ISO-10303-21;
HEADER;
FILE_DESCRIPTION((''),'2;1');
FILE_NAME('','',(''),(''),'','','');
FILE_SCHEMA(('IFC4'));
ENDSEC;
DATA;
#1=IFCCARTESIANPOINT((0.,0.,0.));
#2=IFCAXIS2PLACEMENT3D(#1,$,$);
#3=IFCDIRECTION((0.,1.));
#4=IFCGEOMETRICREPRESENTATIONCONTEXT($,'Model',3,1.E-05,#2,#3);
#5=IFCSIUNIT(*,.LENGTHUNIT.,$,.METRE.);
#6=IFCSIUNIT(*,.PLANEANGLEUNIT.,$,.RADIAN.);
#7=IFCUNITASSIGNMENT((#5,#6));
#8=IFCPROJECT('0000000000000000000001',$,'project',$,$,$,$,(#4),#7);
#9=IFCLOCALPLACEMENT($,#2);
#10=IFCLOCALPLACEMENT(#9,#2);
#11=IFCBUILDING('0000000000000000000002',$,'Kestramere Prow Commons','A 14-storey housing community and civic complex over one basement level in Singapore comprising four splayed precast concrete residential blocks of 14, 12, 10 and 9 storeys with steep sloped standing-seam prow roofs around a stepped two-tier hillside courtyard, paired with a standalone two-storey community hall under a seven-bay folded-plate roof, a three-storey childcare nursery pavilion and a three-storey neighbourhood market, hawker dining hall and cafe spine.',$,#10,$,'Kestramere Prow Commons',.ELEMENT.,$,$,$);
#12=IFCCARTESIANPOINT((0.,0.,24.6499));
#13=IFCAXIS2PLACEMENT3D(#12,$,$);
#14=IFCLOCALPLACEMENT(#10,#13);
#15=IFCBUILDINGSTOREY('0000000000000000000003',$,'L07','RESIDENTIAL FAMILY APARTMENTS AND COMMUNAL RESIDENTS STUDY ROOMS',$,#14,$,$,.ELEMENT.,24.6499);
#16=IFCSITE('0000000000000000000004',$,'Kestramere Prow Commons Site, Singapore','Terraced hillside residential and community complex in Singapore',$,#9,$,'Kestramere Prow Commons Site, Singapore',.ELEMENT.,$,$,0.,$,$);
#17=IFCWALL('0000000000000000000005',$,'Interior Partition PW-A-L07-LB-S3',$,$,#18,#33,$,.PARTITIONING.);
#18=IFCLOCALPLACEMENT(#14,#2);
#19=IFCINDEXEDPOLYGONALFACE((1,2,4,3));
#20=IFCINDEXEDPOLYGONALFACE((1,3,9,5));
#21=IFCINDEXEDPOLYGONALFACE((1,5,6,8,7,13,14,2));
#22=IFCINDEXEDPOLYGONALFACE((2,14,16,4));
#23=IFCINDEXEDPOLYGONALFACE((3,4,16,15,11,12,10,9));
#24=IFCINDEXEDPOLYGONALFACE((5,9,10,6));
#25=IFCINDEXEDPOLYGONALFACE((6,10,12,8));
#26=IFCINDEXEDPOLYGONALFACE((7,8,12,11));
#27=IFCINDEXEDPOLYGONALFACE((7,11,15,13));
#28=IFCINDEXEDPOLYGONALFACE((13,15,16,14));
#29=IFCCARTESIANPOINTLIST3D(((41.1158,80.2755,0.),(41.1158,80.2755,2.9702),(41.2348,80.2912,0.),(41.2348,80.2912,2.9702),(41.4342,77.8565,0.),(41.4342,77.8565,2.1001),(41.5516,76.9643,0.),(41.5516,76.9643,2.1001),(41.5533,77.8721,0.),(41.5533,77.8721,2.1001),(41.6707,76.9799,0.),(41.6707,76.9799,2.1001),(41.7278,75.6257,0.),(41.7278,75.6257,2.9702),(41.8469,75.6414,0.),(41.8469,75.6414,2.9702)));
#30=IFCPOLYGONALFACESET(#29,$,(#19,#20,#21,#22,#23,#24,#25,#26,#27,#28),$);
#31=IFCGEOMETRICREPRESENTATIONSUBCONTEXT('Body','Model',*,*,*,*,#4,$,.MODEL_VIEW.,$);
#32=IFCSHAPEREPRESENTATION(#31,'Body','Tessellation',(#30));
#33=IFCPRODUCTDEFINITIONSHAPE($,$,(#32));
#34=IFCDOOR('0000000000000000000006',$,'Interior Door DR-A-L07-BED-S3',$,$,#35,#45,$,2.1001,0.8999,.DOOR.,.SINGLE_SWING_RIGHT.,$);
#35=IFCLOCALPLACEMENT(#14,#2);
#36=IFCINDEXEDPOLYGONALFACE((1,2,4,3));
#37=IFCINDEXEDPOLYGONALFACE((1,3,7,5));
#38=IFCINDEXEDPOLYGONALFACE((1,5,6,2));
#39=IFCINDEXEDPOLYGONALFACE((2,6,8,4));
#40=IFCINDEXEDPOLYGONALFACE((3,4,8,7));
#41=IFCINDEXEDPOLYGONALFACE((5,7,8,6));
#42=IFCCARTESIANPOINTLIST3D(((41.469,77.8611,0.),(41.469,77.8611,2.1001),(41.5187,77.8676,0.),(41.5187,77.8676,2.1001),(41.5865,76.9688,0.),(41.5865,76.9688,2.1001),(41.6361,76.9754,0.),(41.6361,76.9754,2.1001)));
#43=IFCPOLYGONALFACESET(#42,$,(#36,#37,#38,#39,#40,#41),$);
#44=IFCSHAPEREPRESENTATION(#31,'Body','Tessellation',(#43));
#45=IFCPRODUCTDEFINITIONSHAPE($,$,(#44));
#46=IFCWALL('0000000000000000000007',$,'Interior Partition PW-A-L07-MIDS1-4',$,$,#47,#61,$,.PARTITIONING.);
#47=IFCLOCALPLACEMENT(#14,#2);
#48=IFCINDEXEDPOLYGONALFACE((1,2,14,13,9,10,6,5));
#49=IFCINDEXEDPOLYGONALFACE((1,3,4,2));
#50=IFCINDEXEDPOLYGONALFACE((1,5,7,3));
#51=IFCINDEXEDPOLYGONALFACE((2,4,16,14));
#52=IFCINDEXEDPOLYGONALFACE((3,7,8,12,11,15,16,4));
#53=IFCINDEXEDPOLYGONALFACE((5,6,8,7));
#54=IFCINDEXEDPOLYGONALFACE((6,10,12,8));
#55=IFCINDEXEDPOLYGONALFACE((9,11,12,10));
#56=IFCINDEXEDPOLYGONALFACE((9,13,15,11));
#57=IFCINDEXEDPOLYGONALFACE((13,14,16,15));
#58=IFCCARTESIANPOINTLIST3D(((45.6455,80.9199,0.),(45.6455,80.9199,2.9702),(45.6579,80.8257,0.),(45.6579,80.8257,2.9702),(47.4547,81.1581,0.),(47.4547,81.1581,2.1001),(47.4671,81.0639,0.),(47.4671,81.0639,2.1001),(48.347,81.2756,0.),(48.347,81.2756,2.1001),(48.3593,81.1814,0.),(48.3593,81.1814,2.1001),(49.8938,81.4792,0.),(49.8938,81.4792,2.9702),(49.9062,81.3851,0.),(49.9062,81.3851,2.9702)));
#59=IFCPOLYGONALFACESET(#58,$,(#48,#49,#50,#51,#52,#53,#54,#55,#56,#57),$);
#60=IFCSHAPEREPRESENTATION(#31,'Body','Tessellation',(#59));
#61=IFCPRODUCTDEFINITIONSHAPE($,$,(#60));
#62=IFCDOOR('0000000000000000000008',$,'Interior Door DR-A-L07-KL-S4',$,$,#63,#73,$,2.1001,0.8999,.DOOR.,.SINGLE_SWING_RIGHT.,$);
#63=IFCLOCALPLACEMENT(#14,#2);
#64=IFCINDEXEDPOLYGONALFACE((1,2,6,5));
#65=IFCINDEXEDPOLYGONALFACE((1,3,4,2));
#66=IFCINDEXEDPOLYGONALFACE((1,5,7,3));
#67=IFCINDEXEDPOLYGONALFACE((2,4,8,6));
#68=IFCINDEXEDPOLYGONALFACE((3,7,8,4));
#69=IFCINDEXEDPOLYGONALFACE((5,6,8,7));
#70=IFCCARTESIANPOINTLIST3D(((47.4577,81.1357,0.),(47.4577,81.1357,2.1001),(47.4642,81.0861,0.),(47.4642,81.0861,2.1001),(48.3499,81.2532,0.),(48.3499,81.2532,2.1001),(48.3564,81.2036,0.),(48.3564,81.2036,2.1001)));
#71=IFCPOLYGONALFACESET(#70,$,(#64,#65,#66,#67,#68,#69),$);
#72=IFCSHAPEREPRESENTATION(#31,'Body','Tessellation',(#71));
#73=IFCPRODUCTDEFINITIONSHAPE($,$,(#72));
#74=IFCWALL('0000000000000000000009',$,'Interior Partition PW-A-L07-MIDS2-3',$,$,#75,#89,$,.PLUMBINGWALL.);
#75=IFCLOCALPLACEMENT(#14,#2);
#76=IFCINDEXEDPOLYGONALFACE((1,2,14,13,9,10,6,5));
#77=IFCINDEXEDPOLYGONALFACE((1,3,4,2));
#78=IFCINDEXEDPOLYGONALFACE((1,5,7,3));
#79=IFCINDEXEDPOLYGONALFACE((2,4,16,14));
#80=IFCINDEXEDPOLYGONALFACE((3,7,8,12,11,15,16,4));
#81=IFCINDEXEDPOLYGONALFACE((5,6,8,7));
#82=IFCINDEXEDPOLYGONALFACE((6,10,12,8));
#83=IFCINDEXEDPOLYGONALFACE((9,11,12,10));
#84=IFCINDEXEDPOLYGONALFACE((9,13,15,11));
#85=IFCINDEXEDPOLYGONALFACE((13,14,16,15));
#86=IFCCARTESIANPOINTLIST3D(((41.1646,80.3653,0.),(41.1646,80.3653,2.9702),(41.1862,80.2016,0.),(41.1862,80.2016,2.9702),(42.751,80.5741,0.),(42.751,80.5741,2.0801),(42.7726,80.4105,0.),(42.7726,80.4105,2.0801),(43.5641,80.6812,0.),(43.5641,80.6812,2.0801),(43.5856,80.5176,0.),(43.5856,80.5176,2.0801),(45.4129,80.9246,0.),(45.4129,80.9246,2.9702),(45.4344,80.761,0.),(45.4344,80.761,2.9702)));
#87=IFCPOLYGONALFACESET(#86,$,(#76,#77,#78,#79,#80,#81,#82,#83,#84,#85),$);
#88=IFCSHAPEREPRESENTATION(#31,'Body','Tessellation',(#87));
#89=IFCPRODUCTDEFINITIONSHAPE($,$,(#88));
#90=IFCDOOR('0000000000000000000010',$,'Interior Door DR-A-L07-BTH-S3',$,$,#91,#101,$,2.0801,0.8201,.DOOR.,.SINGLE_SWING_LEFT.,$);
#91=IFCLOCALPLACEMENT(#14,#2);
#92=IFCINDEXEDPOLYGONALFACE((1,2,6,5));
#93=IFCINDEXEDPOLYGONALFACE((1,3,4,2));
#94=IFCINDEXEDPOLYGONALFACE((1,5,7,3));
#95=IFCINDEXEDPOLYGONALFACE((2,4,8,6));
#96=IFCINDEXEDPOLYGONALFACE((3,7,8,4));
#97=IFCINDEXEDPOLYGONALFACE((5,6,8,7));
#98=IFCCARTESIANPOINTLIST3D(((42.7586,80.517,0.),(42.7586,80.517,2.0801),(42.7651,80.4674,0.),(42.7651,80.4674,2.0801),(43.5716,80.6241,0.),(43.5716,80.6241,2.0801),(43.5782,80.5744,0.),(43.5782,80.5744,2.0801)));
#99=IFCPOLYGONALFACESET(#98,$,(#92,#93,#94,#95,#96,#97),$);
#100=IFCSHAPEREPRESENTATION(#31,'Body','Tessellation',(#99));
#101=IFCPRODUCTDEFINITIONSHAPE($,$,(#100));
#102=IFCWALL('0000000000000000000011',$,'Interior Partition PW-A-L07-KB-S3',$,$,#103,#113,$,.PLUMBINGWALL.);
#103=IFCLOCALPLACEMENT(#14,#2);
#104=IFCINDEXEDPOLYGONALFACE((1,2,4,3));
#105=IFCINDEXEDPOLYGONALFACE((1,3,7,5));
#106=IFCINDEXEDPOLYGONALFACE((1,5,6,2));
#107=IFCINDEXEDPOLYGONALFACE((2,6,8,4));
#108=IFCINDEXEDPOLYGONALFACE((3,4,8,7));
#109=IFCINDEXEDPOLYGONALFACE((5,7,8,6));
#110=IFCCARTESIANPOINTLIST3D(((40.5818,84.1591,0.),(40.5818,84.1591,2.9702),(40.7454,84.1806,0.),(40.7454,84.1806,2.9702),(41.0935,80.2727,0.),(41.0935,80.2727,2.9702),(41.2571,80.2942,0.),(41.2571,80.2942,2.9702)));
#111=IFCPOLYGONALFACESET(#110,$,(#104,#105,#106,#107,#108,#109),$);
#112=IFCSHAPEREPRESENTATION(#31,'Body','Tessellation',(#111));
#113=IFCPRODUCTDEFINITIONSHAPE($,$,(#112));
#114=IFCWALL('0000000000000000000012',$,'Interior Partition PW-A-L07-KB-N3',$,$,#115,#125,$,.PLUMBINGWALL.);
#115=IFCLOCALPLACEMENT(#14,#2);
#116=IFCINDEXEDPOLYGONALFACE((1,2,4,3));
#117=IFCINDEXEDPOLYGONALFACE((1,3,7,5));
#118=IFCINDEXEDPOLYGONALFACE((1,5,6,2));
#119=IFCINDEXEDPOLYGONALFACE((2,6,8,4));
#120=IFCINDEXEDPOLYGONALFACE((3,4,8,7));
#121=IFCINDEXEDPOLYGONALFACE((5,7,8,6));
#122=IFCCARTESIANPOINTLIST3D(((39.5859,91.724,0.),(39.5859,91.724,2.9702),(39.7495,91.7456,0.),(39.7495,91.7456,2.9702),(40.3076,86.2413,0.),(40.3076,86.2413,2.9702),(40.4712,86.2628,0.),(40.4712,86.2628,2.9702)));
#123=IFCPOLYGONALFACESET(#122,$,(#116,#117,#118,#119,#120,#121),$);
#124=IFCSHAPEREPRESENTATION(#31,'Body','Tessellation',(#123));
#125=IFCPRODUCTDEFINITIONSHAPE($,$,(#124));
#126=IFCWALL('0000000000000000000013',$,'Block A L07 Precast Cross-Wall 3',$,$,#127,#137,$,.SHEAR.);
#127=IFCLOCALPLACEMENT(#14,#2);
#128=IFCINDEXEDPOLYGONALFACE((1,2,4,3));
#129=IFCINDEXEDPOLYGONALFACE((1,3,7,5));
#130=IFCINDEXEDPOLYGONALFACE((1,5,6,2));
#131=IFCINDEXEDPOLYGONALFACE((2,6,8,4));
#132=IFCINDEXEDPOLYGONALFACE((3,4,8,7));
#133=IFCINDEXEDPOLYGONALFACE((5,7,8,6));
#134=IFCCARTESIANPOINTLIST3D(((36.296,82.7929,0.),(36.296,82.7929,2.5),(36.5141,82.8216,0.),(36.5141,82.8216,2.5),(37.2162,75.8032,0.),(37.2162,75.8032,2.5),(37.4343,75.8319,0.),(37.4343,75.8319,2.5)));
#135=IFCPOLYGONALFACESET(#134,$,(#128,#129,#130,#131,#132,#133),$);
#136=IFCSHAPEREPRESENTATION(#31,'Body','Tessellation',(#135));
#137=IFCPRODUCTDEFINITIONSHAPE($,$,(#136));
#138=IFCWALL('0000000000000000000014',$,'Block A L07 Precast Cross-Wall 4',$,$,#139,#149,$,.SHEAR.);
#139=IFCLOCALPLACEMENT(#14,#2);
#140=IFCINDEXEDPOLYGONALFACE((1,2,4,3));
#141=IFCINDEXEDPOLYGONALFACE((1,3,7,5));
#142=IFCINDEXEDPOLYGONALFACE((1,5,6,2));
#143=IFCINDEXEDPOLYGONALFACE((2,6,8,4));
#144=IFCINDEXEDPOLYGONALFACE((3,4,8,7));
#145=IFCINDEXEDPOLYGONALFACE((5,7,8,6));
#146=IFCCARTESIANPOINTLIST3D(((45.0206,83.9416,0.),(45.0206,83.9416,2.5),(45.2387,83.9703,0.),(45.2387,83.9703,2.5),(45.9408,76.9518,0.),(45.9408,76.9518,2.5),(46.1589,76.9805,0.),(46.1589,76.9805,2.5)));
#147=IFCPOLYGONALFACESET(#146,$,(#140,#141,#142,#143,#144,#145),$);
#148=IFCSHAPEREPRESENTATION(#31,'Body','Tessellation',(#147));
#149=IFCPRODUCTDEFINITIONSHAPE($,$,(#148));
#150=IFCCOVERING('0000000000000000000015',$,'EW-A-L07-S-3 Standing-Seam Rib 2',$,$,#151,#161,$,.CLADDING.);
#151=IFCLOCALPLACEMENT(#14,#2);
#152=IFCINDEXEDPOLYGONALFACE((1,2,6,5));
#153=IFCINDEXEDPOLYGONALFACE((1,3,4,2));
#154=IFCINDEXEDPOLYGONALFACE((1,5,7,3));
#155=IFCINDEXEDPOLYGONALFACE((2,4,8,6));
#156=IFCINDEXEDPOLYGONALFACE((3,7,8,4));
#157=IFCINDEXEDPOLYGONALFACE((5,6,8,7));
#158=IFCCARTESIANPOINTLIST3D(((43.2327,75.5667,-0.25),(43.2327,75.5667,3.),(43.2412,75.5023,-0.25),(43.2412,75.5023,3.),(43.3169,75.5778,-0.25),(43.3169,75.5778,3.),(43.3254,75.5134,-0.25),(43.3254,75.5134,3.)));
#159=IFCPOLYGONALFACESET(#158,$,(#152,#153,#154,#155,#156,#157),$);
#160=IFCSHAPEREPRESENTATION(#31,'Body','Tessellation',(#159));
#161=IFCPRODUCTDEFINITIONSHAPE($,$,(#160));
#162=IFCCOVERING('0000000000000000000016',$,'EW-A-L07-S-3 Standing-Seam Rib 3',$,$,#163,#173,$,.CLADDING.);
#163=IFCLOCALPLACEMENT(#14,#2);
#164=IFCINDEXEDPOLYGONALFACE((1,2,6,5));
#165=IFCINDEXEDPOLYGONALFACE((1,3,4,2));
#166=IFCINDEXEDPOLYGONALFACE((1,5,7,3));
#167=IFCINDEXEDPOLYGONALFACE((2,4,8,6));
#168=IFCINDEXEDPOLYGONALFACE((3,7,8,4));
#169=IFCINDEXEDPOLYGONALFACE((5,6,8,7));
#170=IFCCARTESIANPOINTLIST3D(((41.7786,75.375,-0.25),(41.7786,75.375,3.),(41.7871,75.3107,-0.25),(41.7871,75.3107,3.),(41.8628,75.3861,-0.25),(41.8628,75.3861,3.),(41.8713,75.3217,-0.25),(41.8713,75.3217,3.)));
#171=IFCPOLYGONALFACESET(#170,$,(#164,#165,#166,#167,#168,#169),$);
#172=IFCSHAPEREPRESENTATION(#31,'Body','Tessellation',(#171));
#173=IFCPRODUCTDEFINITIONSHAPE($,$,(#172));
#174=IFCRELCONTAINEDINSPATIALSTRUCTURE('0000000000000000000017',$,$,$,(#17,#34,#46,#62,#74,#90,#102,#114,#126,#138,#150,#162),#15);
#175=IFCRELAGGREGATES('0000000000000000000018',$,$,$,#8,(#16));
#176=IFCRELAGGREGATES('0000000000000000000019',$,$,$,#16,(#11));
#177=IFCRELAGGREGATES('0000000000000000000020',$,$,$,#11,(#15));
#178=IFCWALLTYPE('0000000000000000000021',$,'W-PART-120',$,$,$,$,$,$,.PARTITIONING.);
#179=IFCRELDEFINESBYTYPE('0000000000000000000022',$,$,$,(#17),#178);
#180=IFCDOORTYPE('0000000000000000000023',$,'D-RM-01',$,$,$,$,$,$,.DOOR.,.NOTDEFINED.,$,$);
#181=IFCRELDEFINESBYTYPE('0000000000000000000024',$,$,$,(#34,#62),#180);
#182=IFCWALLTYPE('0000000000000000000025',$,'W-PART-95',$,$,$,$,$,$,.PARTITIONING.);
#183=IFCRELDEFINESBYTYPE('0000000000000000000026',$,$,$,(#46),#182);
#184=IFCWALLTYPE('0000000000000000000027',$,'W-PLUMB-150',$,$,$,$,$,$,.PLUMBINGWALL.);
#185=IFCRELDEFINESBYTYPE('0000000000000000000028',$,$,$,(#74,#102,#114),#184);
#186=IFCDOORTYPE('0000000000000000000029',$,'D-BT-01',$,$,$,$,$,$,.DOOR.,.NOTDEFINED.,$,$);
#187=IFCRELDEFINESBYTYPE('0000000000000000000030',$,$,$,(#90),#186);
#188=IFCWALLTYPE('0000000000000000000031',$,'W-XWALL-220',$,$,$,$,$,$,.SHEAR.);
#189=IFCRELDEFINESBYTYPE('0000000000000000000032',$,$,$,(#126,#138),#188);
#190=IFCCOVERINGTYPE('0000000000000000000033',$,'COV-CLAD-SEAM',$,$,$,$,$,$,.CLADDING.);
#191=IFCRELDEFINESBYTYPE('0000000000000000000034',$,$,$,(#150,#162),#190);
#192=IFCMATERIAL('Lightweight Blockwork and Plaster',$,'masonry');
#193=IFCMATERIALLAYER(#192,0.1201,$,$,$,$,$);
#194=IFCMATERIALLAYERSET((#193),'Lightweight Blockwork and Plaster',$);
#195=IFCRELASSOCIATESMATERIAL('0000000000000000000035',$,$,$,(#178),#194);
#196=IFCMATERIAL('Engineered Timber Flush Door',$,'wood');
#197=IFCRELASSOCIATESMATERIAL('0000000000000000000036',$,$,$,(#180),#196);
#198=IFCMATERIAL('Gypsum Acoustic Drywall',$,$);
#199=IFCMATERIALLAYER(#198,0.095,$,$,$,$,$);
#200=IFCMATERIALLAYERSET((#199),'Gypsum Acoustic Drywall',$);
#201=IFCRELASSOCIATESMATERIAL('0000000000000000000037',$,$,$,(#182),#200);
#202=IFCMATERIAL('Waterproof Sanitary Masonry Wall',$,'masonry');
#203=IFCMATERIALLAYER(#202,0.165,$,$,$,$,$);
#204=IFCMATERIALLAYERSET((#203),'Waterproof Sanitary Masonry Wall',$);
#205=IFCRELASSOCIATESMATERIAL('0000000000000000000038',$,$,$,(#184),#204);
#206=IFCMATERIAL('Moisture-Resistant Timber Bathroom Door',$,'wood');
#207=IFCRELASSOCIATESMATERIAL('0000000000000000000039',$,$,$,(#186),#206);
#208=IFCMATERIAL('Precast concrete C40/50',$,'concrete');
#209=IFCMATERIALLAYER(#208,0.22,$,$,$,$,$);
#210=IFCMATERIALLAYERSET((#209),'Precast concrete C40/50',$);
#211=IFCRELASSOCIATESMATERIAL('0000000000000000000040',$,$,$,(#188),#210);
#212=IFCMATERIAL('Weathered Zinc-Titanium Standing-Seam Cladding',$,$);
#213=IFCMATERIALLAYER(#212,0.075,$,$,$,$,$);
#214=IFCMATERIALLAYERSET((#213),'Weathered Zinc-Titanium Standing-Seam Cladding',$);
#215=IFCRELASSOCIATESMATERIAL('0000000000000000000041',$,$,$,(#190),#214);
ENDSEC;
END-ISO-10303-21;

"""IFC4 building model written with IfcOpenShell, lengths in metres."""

from ifc_helpers import new_model, si_unit, direction, frame, frame_2d, origin, origin_2d, place, context, subcontext, project, spatial, rectangle, extrude, material, layer, layer_set, type_object, element, fill, save


model = new_model("IFC4")

# Units and contexts
model_context = context("Model", 3, precision=1e-05, world=origin(), true_north=direction((0.0, 1.0)))
body_context = subcontext(model_context, "Body", "Model", "MODEL_VIEW")
ifc_project = project(units=[si_unit("LENGTHUNIT", "METRE"), si_unit("PLANEANGLEUNIT", "RADIAN")], contexts=[model_context])

# Site, building, storey
site_placement = place(None, origin())
site = spatial("IfcSite", under=ifc_project, at=site_placement, Name="Kestramere Prow Commons Site, Singapore", Description="Terraced hillside residential and community complex in Singapore", LongName="Kestramere Prow Commons Site, Singapore", CompositionType="ELEMENT", RefElevation=0.0)
building_placement = place(site_placement, origin())
building = spatial("IfcBuilding", under=site, at=building_placement, Name="Kestramere Prow Commons", Description="A 14-storey housing community and civic complex over one basement level in Singapore comprising four splayed precast concrete residential blocks of 14, 12, 10 and 9 storeys with steep sloped standing-seam prow roofs around a stepped two-tier hillside courtyard, paired with a standalone two-storey community hall under a seven-bay folded-plate roof, a three-storey childcare nursery pavilion and a three-storey neighbourhood market, hawker dining hall and cafe spine.", LongName="Kestramere Prow Commons", CompositionType="ELEMENT")
storey_placement = place(building_placement, frame((0.0, 0.0, 24.6499)))
storey = spatial("IfcBuildingStorey", under=building, at=storey_placement, Name="L07", Description="RESIDENTIAL FAMILY APARTMENTS AND COMMUNAL RESIDENTS STUDY ROOMS", CompositionType="ELEMENT", Elevation=24.6499)

# Shared definitions
ifc_material_1 = material(Name="Precast concrete C40/50", Category="concrete")

# Walls, openings, doors
ifc_material_2 = material(Name="Lightweight Blockwork and Plaster", Category="masonry")
ifc_layer_1 = layer(ifc_material_2, 0.1201)
ifc_layer_set_1 = layer_set([ifc_layer_1], Name="Lightweight Blockwork and Plaster")
wall_type_1 = type_object("IfcWallType", Name="W-PART-120", PredefinedType="PARTITIONING", material=ifc_layer_set_1)
wall_1_placement = place(storey_placement, frame((41.7874, 75.6335, 0.0), z_axis=(0.0, 0.0, 1.0), x_axis=(-0.130503, 0.991448, 0.0)))
wall_1 = element("IfcWall", 1, at=wall_1_placement, inside=storey, type_object=wall_type_1, Name="Interior Partition PW-A-L07-LB-S3", PredefinedType="PARTITIONING", context=body_context, shape_type="SweptSolid", body=[
    extrude(rectangle(XDim=4.6899, YDim=0.1201, at=frame_2d((2.345, 0.0))), origin(), (0.0, 0.0, 1.0), 2.9702),
])
opening_1_placement = place(wall_1_placement, frame((1.3501, 0.0, 0.0)))
opening_1 = element("IfcOpeningElement", 2, at=opening_1_placement, cuts=wall_1, PredefinedType="OPENING", context=body_context, shape_type="SweptSolid", body=[
    extrude(rectangle(XDim=0.8999, YDim=2.1001, at=frame_2d((0.45, 1.05))), frame((0.0, 0.075, 0.0), z_axis=(0.0, -1.0, 0.0), x_axis=(1.0, 0.0, 0.0)), (0.0, 0.0, 1.0), 0.1501),
])
ifc_material_3 = material(Name="Engineered Timber Flush Door", Category="wood")
door_type_1 = type_object("IfcDoorType", Name="D-RM-01", OperationType="NOTDEFINED", PredefinedType="DOOR", material=ifc_material_3)
door_1_placement = place(opening_1_placement, origin())
door_1 = element("IfcDoor", 3, at=door_1_placement, inside=storey, type_object=door_type_1, Name="Interior Door DR-A-L07-BED-S3", OperationType="SINGLE_SWING_RIGHT", OverallHeight=2.1001, OverallWidth=0.8999, PredefinedType="DOOR", context=body_context, shape_type="SweptSolid", body=[
    extrude(rectangle(XDim=0.8999, YDim=2.1001, at=frame_2d((0.45, 1.05))), frame((0.0, 0.0249, 0.0), z_axis=(0.0, -1.0, 0.0), x_axis=(1.0, 0.0, 0.0)), (0.0, 0.0, 1.0), 0.05),
])
fill(opening_1, door_1)
ifc_material_4 = material(Name="Gypsum Acoustic Drywall")
ifc_layer_2 = layer(ifc_material_4, 0.095)
ifc_layer_set_2 = layer_set([ifc_layer_2], Name="Gypsum Acoustic Drywall")
wall_type_2 = type_object("IfcWallType", Name="W-PART-95", PredefinedType="PARTITIONING", material=ifc_layer_set_2)
wall_2_placement = place(storey_placement, frame((45.6516, 80.8728, 0.0), z_axis=(0.0, 0.0, 1.0), x_axis=(0.991444, 0.130533, 0.0)))
wall_2 = element("IfcWall", 4, at=wall_2_placement, inside=storey, type_object=wall_type_2, Name="Interior Partition PW-A-L07-MIDS1-4", PredefinedType="PARTITIONING", context=body_context, shape_type="SweptSolid", body=[
    extrude(rectangle(XDim=4.2849, YDim=0.095, at=frame_2d((2.1426, 0.0))), origin(), (0.0, 0.0, 1.0), 2.9702),
])
opening_2_placement = place(wall_2_placement, frame((1.825, 0.0, 0.0)))
opening_2 = element("IfcOpeningElement", 5, at=opening_2_placement, cuts=wall_2, PredefinedType="OPENING", context=body_context, shape_type="SweptSolid", body=[
    extrude(rectangle(XDim=0.8999, YDim=2.1001, at=frame_2d((0.45, 1.05))), frame((0.0, 0.0625, 0.0), z_axis=(0.0, -1.0, 0.0), x_axis=(1.0, 0.0, 0.0)), (0.0, 0.0, 1.0), 0.125),
])
door_2_placement = place(opening_2_placement, origin())
door_2 = element("IfcDoor", 6, at=door_2_placement, inside=storey, type_object=door_type_1, Name="Interior Door DR-A-L07-KL-S4", OperationType="SINGLE_SWING_RIGHT", OverallHeight=2.1001, OverallWidth=0.8999, PredefinedType="DOOR", context=body_context, shape_type="SweptSolid", body=[
    extrude(rectangle(XDim=0.8999, YDim=2.1001, at=frame_2d((0.45, 1.05))), frame((0.0, 0.0249, 0.0), z_axis=(0.0, -1.0, 0.0), x_axis=(1.0, 0.0, 0.0)), (0.0, 0.0, 1.0), 0.05),
])
fill(opening_2, door_2)
ifc_material_5 = material(Name="Waterproof Sanitary Masonry Wall", Category="masonry")
ifc_layer_3 = layer(ifc_material_5, 0.165)
ifc_layer_set_3 = layer_set([ifc_layer_3], Name="Waterproof Sanitary Masonry Wall")
wall_type_3 = type_object("IfcWallType", Name="W-PLUMB-150", PredefinedType="PLUMBINGWALL", material=ifc_layer_set_3)
wall_3_placement = place(storey_placement, frame((41.1753, 80.2834, 0.0), z_axis=(0.0, 0.0, 1.0), x_axis=(0.991444, 0.130533, 0.0)))
wall_3 = element("IfcWall", 7, at=wall_3_placement, inside=storey, type_object=wall_type_3, Name="Interior Partition PW-A-L07-MIDS2-3", PredefinedType="PLUMBINGWALL", context=body_context, shape_type="SweptSolid", body=[
    extrude(rectangle(XDim=4.2849, YDim=0.165, at=frame_2d((2.1426, 0.0))), origin(), (0.0, 0.0, 1.0), 2.9702),
])
opening_3_placement = place(wall_3_placement, frame((1.6001, 0.0, 0.0)))
opening_3 = element("IfcOpeningElement", 8, at=opening_3_placement, cuts=wall_3, PredefinedType="OPENING", context=body_context, shape_type="SweptSolid", body=[
    extrude(rectangle(XDim=0.8201, YDim=2.0801, at=frame_2d((0.4102, 1.04))), frame((0.0, 0.0974, 0.0), z_axis=(0.0, -1.0, 0.0), x_axis=(1.0, 0.0, 0.0)), (0.0, 0.0, 1.0), 0.1951),
])
ifc_material_6 = material(Name="Moisture-Resistant Timber Bathroom Door", Category="wood")
door_type_2 = type_object("IfcDoorType", Name="D-BT-01", OperationType="NOTDEFINED", PredefinedType="DOOR", material=ifc_material_6)
door_3_placement = place(opening_3_placement, origin())
door_3 = element("IfcDoor", 9, at=door_3_placement, inside=storey, type_object=door_type_2, Name="Interior Door DR-A-L07-BTH-S3", OperationType="SINGLE_SWING_LEFT", OverallHeight=2.0801, OverallWidth=0.8201, PredefinedType="DOOR", context=body_context, shape_type="SweptSolid", body=[
    extrude(rectangle(XDim=0.8201, YDim=2.0801, at=frame_2d((0.4102, 1.04))), frame((0.0, 0.0249, 0.0), z_axis=(0.0, -1.0, 0.0), x_axis=(1.0, 0.0, 0.0)), (0.0, 0.0, 1.0), 0.05),
])
fill(opening_3, door_3)

# Walls
wall_4_placement = place(storey_placement, frame((41.1753, 80.2834, 0.0), z_axis=(0.0, 0.0, 1.0), x_axis=(-0.13054, 0.991443, 0.0)))
element("IfcWall", 10, at=wall_4_placement, inside=storey, type_object=wall_type_3, Name="Interior Partition PW-A-L07-KB-S3", PredefinedType="PLUMBINGWALL", context=body_context, shape_type="SweptSolid", body=[
    extrude(rectangle(XDim=3.9199, YDim=0.165, at=frame_2d((1.96, 0.0))), origin(), (0.0, 0.0, 1.0), 2.9702),
])
wall_5_placement = place(storey_placement, frame((40.3894, 86.252, 0.0), z_axis=(0.0, 0.0, 1.0), x_axis=(-0.130504, 0.991448, 0.0)))
element("IfcWall", 11, at=wall_5_placement, inside=storey, type_object=wall_type_3, Name="Interior Partition PW-A-L07-KB-N3", PredefinedType="PLUMBINGWALL", context=body_context, shape_type="SweptSolid", body=[
    extrude(rectangle(XDim=5.53, YDim=0.165, at=frame_2d((2.7651, 0.0))), origin(), (0.0, 0.0, 1.0), 2.9702),
])
ifc_layer_4 = layer(ifc_material_1, 0.22)
ifc_layer_set_4 = layer_set([ifc_layer_4], Name="Precast concrete C40/50")
wall_type_4 = type_object("IfcWallType", Name="W-XWALL-220", PredefinedType="SHEAR", material=ifc_layer_set_4)
for number, where, z_axis, x_axis, name in (
    (12, (37.3252, 75.8176, 0.0), (0.0, 0.0, 1.0), (-0.130519, 0.991446, 0.0), "Block A L07 Precast Cross-Wall 3"),
    (13, (46.0498, 76.9663, 0.0), (0.0, 0.0, 1.0), (-0.130519, 0.991446, 0.0), "Block A L07 Precast Cross-Wall 4"),
):
    element("IfcWall", number, at=place(storey_placement, frame(where, z_axis=z_axis, x_axis=x_axis)), inside=storey, type_object=wall_type_4, Name=name, PredefinedType="SHEAR", context=body_context, shape_type="SweptSolid", body=[
        extrude(rectangle(XDim=7.05, YDim=0.22, at=frame_2d((3.5249, 0.0))), origin(), (0.0, 0.0, 1.0), 2.5),
    ])

# Coverings
ifc_material_7 = material(Name="Weathered Zinc-Titanium Standing-Seam Cladding")
ifc_layer_5 = layer(ifc_material_7, 0.075)
ifc_layer_set_5 = layer_set([ifc_layer_5], Name="Weathered Zinc-Titanium Standing-Seam Cladding")
covering_type = type_object("IfcCoveringType", Name="COV-CLAD-SEAM", PredefinedType="CLADDING", material=ifc_layer_set_5)
for number, where, z_axis, x_axis, name in (
    (14, (43.2791, 75.54, -0.25), (0.0, 0.0, 1.0), (-0.991445, -0.130526, 0.0), "EW-A-L07-S-3 Standing-Seam Rib 2"),
    (15, (41.825, 75.3484, -0.25), (0.0, 0.0, 1.0), (-0.991445, -0.130526, 0.0), "EW-A-L07-S-3 Standing-Seam Rib 3"),
):
    element("IfcCovering", number, at=place(storey_placement, frame(where, z_axis=z_axis, x_axis=x_axis)), inside=storey, type_object=covering_type, Name=name, PredefinedType="CLADDING", context=body_context, shape_type="SweptSolid", body=[
        extrude(rectangle(XDim=0.085, YDim=0.0649, at=origin_2d()), origin(), (0.0, 0.0, 1.0), 3.25),
    ])

save(model, "model.ifc")
